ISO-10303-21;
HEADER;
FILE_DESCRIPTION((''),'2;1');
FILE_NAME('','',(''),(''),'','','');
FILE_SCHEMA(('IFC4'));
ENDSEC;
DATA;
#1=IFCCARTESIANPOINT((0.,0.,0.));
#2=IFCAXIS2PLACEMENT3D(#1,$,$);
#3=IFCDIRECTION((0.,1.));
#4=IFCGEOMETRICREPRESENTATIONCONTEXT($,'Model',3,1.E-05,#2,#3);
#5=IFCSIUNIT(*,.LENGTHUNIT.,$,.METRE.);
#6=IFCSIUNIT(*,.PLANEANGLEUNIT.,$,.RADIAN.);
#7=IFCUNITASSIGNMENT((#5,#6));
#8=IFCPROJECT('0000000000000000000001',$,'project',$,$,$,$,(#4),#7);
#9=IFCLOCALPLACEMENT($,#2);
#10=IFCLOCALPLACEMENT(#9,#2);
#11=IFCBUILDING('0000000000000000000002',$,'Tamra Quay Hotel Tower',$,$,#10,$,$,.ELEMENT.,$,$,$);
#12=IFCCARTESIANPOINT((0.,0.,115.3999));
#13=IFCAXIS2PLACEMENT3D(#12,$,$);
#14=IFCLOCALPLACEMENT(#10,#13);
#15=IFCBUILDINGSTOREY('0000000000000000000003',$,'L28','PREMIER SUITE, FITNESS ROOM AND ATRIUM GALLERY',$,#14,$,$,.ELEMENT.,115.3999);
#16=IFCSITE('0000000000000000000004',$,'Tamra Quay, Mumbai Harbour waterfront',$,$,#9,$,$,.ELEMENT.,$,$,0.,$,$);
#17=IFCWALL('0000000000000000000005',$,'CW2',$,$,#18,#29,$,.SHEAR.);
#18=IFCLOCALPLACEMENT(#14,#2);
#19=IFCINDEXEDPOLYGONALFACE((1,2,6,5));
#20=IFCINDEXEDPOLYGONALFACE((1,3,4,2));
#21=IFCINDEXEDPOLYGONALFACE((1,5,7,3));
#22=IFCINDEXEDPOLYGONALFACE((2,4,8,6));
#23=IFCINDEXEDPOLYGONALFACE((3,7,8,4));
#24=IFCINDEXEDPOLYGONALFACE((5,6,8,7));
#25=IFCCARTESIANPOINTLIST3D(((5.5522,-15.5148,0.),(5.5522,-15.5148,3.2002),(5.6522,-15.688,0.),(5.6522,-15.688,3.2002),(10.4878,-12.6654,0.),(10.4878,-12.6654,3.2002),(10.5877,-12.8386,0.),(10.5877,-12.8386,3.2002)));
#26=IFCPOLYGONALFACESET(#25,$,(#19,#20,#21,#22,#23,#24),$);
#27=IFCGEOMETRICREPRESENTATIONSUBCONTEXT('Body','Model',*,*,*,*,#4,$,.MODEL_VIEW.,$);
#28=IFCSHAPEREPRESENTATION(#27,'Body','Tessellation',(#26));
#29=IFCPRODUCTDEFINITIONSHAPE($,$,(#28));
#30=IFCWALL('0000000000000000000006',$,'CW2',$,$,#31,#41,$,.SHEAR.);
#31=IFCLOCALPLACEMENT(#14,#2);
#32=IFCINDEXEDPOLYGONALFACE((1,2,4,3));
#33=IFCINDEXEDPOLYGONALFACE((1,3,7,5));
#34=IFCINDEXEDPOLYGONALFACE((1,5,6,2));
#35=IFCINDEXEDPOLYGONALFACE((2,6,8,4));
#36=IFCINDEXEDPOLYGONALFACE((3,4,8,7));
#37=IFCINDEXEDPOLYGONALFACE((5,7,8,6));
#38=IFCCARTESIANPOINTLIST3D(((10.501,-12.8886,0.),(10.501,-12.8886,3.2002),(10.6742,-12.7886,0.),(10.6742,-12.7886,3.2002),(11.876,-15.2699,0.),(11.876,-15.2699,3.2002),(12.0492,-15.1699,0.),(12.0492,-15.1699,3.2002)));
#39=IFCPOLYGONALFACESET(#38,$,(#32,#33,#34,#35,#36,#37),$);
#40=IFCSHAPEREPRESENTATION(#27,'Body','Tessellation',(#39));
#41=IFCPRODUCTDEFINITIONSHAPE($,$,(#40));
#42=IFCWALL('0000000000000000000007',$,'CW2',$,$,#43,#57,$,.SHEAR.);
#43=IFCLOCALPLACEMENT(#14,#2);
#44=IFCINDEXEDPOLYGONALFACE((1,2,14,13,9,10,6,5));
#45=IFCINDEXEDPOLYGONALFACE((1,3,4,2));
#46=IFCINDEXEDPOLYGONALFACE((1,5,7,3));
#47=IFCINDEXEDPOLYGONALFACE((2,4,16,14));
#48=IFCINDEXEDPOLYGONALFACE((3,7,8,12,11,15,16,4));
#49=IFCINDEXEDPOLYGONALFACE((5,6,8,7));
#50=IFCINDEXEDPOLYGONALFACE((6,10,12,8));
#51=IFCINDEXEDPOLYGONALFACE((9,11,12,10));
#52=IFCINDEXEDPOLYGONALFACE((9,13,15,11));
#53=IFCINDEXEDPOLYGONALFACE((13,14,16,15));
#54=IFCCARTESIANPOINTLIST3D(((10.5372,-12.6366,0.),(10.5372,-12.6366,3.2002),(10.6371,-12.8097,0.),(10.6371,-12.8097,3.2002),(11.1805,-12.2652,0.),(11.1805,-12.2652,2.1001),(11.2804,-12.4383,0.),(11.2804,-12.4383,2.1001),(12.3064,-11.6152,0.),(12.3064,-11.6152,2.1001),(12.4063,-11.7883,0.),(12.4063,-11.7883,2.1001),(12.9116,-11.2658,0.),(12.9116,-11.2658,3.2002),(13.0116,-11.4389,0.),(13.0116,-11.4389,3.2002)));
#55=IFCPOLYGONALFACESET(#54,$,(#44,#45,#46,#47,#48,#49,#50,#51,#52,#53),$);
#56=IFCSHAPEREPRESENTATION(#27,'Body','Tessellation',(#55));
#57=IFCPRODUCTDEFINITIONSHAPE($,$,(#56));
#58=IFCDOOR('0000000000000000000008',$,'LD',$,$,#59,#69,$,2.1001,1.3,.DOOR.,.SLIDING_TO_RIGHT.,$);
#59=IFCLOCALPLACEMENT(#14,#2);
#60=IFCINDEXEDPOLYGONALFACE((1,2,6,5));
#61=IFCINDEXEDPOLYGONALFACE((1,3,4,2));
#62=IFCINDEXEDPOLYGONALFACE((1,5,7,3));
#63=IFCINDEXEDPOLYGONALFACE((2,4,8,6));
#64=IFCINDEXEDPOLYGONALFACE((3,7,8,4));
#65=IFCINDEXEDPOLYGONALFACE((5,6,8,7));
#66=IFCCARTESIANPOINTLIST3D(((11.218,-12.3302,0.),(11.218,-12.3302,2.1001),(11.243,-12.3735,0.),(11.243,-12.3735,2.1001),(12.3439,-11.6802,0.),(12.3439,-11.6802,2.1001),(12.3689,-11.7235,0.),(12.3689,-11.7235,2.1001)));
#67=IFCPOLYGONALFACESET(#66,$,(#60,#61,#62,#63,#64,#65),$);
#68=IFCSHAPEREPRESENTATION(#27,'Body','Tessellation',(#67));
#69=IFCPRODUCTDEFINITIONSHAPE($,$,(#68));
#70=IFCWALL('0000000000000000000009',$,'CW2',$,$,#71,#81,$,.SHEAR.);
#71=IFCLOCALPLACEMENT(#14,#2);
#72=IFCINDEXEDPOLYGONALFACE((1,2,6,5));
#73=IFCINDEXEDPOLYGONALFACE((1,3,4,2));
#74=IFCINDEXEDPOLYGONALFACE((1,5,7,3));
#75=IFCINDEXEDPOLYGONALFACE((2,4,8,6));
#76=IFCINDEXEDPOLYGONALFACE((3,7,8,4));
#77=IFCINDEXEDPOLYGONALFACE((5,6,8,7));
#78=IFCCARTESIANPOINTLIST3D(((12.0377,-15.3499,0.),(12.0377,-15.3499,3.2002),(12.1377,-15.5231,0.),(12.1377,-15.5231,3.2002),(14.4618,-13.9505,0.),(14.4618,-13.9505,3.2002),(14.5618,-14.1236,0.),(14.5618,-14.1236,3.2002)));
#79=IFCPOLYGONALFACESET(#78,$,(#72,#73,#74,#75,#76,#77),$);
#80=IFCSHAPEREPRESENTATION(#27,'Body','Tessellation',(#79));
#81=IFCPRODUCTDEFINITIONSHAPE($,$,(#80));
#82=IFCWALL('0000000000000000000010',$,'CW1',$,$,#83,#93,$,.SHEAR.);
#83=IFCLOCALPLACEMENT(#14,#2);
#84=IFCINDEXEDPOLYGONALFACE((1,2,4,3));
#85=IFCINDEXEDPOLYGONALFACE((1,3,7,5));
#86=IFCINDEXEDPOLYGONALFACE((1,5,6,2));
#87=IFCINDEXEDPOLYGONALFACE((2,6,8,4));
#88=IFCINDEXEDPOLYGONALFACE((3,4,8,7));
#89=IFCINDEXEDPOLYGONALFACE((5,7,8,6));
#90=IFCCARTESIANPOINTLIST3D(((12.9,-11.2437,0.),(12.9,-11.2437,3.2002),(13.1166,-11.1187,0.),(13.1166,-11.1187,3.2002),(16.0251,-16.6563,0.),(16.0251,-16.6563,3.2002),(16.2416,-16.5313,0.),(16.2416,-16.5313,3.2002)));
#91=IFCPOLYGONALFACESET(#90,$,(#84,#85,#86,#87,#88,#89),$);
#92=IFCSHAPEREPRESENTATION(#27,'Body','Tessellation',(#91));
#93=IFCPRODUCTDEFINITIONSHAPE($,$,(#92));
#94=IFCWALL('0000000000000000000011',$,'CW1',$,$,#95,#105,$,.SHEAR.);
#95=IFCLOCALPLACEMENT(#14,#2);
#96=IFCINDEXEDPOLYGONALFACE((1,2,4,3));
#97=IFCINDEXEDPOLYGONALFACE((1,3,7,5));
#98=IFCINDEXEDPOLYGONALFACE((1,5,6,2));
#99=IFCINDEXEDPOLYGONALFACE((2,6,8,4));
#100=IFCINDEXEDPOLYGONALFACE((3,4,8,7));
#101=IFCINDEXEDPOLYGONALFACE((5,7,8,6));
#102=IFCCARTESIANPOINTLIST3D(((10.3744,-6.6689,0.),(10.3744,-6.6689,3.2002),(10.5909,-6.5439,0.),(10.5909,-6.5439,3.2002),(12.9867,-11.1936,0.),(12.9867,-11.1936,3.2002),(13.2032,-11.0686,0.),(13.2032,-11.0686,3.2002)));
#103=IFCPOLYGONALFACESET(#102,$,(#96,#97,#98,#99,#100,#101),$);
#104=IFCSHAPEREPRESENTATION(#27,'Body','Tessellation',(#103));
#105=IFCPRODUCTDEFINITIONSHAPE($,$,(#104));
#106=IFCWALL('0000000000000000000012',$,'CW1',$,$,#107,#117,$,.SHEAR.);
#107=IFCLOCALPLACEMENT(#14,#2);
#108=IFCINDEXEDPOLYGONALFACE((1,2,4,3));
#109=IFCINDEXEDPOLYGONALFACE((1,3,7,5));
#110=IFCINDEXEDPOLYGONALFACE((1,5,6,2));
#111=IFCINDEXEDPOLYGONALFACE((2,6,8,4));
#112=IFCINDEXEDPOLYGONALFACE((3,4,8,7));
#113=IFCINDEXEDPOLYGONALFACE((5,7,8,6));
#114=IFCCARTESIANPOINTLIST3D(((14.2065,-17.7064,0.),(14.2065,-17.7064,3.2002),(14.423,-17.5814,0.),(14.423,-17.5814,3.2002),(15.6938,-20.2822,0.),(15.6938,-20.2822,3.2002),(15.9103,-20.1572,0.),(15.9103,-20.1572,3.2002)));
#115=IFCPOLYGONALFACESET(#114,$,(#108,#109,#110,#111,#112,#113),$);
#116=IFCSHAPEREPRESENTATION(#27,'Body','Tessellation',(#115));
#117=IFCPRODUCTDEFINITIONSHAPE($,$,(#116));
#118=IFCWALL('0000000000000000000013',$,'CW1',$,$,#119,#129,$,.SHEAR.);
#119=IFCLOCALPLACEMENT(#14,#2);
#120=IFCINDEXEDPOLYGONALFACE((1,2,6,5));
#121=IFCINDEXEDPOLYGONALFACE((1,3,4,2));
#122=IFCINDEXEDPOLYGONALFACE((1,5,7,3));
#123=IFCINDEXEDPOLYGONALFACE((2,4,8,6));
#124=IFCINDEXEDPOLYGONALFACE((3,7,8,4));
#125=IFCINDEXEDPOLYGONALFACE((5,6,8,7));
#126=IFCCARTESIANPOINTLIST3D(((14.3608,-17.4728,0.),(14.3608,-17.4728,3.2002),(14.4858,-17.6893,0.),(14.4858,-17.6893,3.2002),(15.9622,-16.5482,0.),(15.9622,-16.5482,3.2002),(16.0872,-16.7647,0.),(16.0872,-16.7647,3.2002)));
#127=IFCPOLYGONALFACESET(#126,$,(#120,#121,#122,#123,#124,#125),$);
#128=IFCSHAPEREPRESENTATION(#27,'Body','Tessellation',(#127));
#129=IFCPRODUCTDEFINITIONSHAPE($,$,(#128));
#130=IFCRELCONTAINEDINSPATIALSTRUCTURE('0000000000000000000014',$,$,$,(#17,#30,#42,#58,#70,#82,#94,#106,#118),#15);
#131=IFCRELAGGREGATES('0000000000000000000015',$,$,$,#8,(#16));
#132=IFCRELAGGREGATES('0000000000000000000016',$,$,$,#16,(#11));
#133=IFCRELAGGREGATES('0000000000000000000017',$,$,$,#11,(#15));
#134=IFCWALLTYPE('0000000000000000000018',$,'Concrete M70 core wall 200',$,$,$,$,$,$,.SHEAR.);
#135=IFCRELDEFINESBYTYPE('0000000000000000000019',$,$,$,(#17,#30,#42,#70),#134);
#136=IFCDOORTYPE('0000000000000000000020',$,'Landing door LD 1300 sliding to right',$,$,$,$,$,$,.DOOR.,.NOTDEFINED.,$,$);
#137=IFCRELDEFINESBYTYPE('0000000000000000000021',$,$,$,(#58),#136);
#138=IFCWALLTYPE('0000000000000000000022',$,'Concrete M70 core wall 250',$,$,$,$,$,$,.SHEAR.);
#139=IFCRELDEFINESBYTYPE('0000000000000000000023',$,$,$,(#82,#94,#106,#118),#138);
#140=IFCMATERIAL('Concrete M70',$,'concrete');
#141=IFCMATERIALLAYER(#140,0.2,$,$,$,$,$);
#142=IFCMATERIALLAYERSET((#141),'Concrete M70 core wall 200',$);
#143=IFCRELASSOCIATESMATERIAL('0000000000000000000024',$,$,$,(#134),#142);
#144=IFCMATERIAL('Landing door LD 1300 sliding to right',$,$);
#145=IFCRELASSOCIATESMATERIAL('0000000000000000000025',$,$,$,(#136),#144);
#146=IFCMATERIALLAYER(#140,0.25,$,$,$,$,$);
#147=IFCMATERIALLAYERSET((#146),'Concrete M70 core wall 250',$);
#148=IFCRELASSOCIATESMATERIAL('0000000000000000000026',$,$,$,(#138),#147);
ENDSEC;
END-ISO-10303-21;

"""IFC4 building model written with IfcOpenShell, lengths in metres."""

from ifc_helpers import new_model, si_unit, direction, frame, frame_2d, origin, place, context, subcontext, project, spatial, rectangle, extrude, material, layer, layer_set, type_object, element, fill, save


model = new_model("IFC4")

# Units and contexts
model_context = context("Model", 3, precision=1e-05, world=origin(), true_north=direction((0.0, 1.0)))
body_context = subcontext(model_context, "Body", "Model", "MODEL_VIEW")
ifc_project = project(units=[si_unit("LENGTHUNIT", "METRE"), si_unit("PLANEANGLEUNIT", "RADIAN")], contexts=[model_context])

# Site, building, storey
site_placement = place(None, origin())
site = spatial("IfcSite", under=ifc_project, at=site_placement, Name="Tamra Quay, Mumbai Harbour waterfront", CompositionType="ELEMENT", RefElevation=0.0)
building_placement = place(site_placement, origin())
building = spatial("IfcBuilding", under=site, at=building_placement, Name="Tamra Quay Hotel Tower", CompositionType="ELEMENT")
storey_placement = place(building_placement, frame((0.0, 0.0, 115.3999)))
storey = spatial("IfcBuildingStorey", under=building, at=storey_placement, Name="L28", Description="PREMIER SUITE, FITNESS ROOM AND ATRIUM GALLERY", CompositionType="ELEMENT", Elevation=115.3999)

# Shared definitions
ifc_material_1 = material(Name="Concrete M70", Category="concrete")

# Walls
ifc_layer_1 = layer(ifc_material_1, 0.2)
ifc_layer_set_1 = layer_set([ifc_layer_1], Name="Concrete M70 core wall 200")
wall_type_1 = type_object("IfcWallType", Name="Concrete M70 core wall 200", PredefinedType="SHEAR", material=ifc_layer_set_1)
wall_1_placement = place(storey_placement, frame((10.5378, -12.752, 0.0), z_axis=(0.0, 0.0, 1.0), x_axis=(-0.866039, -0.499977, 0.0)))
element("IfcWall", 1, at=wall_1_placement, inside=storey, type_object=wall_type_1, Name="CW2", PredefinedType="SHEAR", context=body_context, shape_type="SweptSolid", body=[
    extrude(rectangle(XDim=5.699, YDim=0.2, at=frame_2d((2.8496, 0.0))), origin(), (0.0, 0.0, 1.0), 3.2002),
])
wall_2_placement = place(storey_placement, frame((11.9626, -15.22, 0.0), z_axis=(0.0, 0.0, 1.0), x_axis=(-0.500035, 0.866005, 0.0)))
element("IfcWall", 2, at=wall_2_placement, inside=storey, type_object=wall_type_1, Name="CW2", PredefinedType="SHEAR", context=body_context, shape_type="SweptSolid", body=[
    extrude(rectangle(XDim=2.7498, YDim=0.2, at=frame_2d((1.375, 0.0))), origin(), (0.0, 0.0, 1.0), 3.2002),
])

# Wall, opening, door
wall_3_placement = place(storey_placement, frame((10.5872, -12.7231, 0.0), z_axis=(0.0, 0.0, 1.0), x_axis=(0.866037, 0.499979, 0.0)))
wall_3 = element("IfcWall", 3, at=wall_3_placement, inside=storey, type_object=wall_type_1, Name="CW2", PredefinedType="SHEAR", context=body_context, shape_type="SweptSolid", body=[
    extrude(rectangle(XDim=2.7417, YDim=0.2, at=frame_2d((1.3708, 0.0))), origin(), (0.0, 0.0, 1.0), 3.2002),
])
opening_placement = place(wall_3_placement, frame((0.7429, 0.0, 0.0)))
opening = element("IfcOpeningElement", 4, at=opening_placement, cuts=wall_3, PredefinedType="OPENING", context=body_context, shape_type="SweptSolid", body=[
    extrude(rectangle(XDim=1.3, YDim=2.1001, at=frame_2d((0.6499, 1.05))), frame((0.0, 0.1099, 0.0), z_axis=(0.0, -1.0, 0.0), x_axis=(1.0, 0.0, 0.0)), (0.0, 0.0, 1.0), 0.22),
])
ifc_material_2 = material(Name="Landing door LD 1300 sliding to right")
door_type = type_object("IfcDoorType", Name="Landing door LD 1300 sliding to right", OperationType="NOTDEFINED", PredefinedType="DOOR", material=ifc_material_2)
door_placement = place(opening_placement, origin())
door = element("IfcDoor", 5, at=door_placement, inside=storey, type_object=door_type, Name="LD", OperationType="SLIDING_TO_RIGHT", OverallHeight=2.1001, OverallWidth=1.3, PredefinedType="DOOR", context=body_context, shape_type="SweptSolid", body=[
    extrude(rectangle(XDim=1.3, YDim=2.1001, at=frame_2d((0.6499, 1.05))), frame((0.0, 0.0249, 0.0), z_axis=(0.0, -1.0, 0.0), x_axis=(1.0, 0.0, 0.0)), (0.0, 0.0, 1.0), 0.05),
])
fill(opening, door)

# Walls
wall_4_placement = place(storey_placement, frame((14.5117, -14.0371, 0.0), z_axis=(0.0, 0.0, 1.0), x_axis=(-0.866045, -0.499967, 0.0)))
element("IfcWall", 6, at=wall_4_placement, inside=storey, type_object=wall_type_1, Name="CW2", PredefinedType="SHEAR", context=body_context, shape_type="SweptSolid", body=[
    extrude(rectangle(XDim=2.7991, YDim=0.2, at=frame_2d((1.3994, 0.0))), origin(), (0.0, 0.0, 1.0), 3.2002),
])
ifc_layer_2 = layer(ifc_material_1, 0.25)
ifc_layer_set_2 = layer_set([ifc_layer_2], Name="Concrete M70 core wall 250")
wall_type_2 = type_object("IfcWallType", Name="Concrete M70 core wall 250", PredefinedType="SHEAR", material=ifc_layer_set_2)
wall_5_placement = place(storey_placement, frame((13.0083, -11.1812, 0.0), z_axis=(0.0, 0.0, 1.0), x_axis=(0.500004, -0.866023, 0.0)))
element("IfcWall", 7, at=wall_5_placement, inside=storey, type_object=wall_type_2, Name="CW1", PredefinedType="SHEAR", context=body_context, shape_type="SweptSolid", body=[
    extrude(rectangle(XDim=6.25, YDim=0.25, at=frame_2d((3.125, 0.0))), origin(), (0.0, 0.0, 1.0), 3.2002),
])
wall_6_placement = place(storey_placement, frame((10.4827, -6.6064, 0.0), z_axis=(0.0, 0.0, 1.0), x_axis=(0.499999, -0.866026, 0.0)))
element("IfcWall", 8, at=wall_6_placement, inside=storey, type_object=wall_type_2, Name="CW1", PredefinedType="SHEAR", context=body_context, shape_type="SweptSolid", body=[
    extrude(rectangle(XDim=5.2246, YDim=0.25, at=frame_2d((2.6123, 0.0))), origin(), (0.0, 0.0, 1.0), 3.2002),
])
wall_7_placement = place(storey_placement, frame((14.3147, -17.6438, 0.0), z_axis=(0.0, 0.0, 1.0), x_axis=(0.500023, -0.866012, 0.0)))
element("IfcWall", 9, at=wall_7_placement, inside=storey, type_object=wall_type_2, Name="CW1", PredefinedType="SHEAR", context=body_context, shape_type="SweptSolid", body=[
    extrude(rectangle(XDim=2.9744, YDim=0.25, at=frame_2d((1.4873, 0.0))), origin(), (0.0, 0.0, 1.0), 3.2002),
])
wall_8_placement = place(storey_placement, frame((16.0247, -16.6565, 0.0), z_axis=(0.0, 0.0, 1.0), x_axis=(-0.866016, -0.500016, 0.0)))
element("IfcWall", 10, at=wall_8_placement, inside=storey, type_object=wall_type_2, Name="CW1", PredefinedType="SHEAR", context=body_context, shape_type="SweptSolid", body=[
    extrude(rectangle(XDim=1.8491, YDim=0.25, at=frame_2d((0.9246, 0.0))), origin(), (0.0, 0.0, 1.0), 3.2002),
])

save(model, "model.ifc")
